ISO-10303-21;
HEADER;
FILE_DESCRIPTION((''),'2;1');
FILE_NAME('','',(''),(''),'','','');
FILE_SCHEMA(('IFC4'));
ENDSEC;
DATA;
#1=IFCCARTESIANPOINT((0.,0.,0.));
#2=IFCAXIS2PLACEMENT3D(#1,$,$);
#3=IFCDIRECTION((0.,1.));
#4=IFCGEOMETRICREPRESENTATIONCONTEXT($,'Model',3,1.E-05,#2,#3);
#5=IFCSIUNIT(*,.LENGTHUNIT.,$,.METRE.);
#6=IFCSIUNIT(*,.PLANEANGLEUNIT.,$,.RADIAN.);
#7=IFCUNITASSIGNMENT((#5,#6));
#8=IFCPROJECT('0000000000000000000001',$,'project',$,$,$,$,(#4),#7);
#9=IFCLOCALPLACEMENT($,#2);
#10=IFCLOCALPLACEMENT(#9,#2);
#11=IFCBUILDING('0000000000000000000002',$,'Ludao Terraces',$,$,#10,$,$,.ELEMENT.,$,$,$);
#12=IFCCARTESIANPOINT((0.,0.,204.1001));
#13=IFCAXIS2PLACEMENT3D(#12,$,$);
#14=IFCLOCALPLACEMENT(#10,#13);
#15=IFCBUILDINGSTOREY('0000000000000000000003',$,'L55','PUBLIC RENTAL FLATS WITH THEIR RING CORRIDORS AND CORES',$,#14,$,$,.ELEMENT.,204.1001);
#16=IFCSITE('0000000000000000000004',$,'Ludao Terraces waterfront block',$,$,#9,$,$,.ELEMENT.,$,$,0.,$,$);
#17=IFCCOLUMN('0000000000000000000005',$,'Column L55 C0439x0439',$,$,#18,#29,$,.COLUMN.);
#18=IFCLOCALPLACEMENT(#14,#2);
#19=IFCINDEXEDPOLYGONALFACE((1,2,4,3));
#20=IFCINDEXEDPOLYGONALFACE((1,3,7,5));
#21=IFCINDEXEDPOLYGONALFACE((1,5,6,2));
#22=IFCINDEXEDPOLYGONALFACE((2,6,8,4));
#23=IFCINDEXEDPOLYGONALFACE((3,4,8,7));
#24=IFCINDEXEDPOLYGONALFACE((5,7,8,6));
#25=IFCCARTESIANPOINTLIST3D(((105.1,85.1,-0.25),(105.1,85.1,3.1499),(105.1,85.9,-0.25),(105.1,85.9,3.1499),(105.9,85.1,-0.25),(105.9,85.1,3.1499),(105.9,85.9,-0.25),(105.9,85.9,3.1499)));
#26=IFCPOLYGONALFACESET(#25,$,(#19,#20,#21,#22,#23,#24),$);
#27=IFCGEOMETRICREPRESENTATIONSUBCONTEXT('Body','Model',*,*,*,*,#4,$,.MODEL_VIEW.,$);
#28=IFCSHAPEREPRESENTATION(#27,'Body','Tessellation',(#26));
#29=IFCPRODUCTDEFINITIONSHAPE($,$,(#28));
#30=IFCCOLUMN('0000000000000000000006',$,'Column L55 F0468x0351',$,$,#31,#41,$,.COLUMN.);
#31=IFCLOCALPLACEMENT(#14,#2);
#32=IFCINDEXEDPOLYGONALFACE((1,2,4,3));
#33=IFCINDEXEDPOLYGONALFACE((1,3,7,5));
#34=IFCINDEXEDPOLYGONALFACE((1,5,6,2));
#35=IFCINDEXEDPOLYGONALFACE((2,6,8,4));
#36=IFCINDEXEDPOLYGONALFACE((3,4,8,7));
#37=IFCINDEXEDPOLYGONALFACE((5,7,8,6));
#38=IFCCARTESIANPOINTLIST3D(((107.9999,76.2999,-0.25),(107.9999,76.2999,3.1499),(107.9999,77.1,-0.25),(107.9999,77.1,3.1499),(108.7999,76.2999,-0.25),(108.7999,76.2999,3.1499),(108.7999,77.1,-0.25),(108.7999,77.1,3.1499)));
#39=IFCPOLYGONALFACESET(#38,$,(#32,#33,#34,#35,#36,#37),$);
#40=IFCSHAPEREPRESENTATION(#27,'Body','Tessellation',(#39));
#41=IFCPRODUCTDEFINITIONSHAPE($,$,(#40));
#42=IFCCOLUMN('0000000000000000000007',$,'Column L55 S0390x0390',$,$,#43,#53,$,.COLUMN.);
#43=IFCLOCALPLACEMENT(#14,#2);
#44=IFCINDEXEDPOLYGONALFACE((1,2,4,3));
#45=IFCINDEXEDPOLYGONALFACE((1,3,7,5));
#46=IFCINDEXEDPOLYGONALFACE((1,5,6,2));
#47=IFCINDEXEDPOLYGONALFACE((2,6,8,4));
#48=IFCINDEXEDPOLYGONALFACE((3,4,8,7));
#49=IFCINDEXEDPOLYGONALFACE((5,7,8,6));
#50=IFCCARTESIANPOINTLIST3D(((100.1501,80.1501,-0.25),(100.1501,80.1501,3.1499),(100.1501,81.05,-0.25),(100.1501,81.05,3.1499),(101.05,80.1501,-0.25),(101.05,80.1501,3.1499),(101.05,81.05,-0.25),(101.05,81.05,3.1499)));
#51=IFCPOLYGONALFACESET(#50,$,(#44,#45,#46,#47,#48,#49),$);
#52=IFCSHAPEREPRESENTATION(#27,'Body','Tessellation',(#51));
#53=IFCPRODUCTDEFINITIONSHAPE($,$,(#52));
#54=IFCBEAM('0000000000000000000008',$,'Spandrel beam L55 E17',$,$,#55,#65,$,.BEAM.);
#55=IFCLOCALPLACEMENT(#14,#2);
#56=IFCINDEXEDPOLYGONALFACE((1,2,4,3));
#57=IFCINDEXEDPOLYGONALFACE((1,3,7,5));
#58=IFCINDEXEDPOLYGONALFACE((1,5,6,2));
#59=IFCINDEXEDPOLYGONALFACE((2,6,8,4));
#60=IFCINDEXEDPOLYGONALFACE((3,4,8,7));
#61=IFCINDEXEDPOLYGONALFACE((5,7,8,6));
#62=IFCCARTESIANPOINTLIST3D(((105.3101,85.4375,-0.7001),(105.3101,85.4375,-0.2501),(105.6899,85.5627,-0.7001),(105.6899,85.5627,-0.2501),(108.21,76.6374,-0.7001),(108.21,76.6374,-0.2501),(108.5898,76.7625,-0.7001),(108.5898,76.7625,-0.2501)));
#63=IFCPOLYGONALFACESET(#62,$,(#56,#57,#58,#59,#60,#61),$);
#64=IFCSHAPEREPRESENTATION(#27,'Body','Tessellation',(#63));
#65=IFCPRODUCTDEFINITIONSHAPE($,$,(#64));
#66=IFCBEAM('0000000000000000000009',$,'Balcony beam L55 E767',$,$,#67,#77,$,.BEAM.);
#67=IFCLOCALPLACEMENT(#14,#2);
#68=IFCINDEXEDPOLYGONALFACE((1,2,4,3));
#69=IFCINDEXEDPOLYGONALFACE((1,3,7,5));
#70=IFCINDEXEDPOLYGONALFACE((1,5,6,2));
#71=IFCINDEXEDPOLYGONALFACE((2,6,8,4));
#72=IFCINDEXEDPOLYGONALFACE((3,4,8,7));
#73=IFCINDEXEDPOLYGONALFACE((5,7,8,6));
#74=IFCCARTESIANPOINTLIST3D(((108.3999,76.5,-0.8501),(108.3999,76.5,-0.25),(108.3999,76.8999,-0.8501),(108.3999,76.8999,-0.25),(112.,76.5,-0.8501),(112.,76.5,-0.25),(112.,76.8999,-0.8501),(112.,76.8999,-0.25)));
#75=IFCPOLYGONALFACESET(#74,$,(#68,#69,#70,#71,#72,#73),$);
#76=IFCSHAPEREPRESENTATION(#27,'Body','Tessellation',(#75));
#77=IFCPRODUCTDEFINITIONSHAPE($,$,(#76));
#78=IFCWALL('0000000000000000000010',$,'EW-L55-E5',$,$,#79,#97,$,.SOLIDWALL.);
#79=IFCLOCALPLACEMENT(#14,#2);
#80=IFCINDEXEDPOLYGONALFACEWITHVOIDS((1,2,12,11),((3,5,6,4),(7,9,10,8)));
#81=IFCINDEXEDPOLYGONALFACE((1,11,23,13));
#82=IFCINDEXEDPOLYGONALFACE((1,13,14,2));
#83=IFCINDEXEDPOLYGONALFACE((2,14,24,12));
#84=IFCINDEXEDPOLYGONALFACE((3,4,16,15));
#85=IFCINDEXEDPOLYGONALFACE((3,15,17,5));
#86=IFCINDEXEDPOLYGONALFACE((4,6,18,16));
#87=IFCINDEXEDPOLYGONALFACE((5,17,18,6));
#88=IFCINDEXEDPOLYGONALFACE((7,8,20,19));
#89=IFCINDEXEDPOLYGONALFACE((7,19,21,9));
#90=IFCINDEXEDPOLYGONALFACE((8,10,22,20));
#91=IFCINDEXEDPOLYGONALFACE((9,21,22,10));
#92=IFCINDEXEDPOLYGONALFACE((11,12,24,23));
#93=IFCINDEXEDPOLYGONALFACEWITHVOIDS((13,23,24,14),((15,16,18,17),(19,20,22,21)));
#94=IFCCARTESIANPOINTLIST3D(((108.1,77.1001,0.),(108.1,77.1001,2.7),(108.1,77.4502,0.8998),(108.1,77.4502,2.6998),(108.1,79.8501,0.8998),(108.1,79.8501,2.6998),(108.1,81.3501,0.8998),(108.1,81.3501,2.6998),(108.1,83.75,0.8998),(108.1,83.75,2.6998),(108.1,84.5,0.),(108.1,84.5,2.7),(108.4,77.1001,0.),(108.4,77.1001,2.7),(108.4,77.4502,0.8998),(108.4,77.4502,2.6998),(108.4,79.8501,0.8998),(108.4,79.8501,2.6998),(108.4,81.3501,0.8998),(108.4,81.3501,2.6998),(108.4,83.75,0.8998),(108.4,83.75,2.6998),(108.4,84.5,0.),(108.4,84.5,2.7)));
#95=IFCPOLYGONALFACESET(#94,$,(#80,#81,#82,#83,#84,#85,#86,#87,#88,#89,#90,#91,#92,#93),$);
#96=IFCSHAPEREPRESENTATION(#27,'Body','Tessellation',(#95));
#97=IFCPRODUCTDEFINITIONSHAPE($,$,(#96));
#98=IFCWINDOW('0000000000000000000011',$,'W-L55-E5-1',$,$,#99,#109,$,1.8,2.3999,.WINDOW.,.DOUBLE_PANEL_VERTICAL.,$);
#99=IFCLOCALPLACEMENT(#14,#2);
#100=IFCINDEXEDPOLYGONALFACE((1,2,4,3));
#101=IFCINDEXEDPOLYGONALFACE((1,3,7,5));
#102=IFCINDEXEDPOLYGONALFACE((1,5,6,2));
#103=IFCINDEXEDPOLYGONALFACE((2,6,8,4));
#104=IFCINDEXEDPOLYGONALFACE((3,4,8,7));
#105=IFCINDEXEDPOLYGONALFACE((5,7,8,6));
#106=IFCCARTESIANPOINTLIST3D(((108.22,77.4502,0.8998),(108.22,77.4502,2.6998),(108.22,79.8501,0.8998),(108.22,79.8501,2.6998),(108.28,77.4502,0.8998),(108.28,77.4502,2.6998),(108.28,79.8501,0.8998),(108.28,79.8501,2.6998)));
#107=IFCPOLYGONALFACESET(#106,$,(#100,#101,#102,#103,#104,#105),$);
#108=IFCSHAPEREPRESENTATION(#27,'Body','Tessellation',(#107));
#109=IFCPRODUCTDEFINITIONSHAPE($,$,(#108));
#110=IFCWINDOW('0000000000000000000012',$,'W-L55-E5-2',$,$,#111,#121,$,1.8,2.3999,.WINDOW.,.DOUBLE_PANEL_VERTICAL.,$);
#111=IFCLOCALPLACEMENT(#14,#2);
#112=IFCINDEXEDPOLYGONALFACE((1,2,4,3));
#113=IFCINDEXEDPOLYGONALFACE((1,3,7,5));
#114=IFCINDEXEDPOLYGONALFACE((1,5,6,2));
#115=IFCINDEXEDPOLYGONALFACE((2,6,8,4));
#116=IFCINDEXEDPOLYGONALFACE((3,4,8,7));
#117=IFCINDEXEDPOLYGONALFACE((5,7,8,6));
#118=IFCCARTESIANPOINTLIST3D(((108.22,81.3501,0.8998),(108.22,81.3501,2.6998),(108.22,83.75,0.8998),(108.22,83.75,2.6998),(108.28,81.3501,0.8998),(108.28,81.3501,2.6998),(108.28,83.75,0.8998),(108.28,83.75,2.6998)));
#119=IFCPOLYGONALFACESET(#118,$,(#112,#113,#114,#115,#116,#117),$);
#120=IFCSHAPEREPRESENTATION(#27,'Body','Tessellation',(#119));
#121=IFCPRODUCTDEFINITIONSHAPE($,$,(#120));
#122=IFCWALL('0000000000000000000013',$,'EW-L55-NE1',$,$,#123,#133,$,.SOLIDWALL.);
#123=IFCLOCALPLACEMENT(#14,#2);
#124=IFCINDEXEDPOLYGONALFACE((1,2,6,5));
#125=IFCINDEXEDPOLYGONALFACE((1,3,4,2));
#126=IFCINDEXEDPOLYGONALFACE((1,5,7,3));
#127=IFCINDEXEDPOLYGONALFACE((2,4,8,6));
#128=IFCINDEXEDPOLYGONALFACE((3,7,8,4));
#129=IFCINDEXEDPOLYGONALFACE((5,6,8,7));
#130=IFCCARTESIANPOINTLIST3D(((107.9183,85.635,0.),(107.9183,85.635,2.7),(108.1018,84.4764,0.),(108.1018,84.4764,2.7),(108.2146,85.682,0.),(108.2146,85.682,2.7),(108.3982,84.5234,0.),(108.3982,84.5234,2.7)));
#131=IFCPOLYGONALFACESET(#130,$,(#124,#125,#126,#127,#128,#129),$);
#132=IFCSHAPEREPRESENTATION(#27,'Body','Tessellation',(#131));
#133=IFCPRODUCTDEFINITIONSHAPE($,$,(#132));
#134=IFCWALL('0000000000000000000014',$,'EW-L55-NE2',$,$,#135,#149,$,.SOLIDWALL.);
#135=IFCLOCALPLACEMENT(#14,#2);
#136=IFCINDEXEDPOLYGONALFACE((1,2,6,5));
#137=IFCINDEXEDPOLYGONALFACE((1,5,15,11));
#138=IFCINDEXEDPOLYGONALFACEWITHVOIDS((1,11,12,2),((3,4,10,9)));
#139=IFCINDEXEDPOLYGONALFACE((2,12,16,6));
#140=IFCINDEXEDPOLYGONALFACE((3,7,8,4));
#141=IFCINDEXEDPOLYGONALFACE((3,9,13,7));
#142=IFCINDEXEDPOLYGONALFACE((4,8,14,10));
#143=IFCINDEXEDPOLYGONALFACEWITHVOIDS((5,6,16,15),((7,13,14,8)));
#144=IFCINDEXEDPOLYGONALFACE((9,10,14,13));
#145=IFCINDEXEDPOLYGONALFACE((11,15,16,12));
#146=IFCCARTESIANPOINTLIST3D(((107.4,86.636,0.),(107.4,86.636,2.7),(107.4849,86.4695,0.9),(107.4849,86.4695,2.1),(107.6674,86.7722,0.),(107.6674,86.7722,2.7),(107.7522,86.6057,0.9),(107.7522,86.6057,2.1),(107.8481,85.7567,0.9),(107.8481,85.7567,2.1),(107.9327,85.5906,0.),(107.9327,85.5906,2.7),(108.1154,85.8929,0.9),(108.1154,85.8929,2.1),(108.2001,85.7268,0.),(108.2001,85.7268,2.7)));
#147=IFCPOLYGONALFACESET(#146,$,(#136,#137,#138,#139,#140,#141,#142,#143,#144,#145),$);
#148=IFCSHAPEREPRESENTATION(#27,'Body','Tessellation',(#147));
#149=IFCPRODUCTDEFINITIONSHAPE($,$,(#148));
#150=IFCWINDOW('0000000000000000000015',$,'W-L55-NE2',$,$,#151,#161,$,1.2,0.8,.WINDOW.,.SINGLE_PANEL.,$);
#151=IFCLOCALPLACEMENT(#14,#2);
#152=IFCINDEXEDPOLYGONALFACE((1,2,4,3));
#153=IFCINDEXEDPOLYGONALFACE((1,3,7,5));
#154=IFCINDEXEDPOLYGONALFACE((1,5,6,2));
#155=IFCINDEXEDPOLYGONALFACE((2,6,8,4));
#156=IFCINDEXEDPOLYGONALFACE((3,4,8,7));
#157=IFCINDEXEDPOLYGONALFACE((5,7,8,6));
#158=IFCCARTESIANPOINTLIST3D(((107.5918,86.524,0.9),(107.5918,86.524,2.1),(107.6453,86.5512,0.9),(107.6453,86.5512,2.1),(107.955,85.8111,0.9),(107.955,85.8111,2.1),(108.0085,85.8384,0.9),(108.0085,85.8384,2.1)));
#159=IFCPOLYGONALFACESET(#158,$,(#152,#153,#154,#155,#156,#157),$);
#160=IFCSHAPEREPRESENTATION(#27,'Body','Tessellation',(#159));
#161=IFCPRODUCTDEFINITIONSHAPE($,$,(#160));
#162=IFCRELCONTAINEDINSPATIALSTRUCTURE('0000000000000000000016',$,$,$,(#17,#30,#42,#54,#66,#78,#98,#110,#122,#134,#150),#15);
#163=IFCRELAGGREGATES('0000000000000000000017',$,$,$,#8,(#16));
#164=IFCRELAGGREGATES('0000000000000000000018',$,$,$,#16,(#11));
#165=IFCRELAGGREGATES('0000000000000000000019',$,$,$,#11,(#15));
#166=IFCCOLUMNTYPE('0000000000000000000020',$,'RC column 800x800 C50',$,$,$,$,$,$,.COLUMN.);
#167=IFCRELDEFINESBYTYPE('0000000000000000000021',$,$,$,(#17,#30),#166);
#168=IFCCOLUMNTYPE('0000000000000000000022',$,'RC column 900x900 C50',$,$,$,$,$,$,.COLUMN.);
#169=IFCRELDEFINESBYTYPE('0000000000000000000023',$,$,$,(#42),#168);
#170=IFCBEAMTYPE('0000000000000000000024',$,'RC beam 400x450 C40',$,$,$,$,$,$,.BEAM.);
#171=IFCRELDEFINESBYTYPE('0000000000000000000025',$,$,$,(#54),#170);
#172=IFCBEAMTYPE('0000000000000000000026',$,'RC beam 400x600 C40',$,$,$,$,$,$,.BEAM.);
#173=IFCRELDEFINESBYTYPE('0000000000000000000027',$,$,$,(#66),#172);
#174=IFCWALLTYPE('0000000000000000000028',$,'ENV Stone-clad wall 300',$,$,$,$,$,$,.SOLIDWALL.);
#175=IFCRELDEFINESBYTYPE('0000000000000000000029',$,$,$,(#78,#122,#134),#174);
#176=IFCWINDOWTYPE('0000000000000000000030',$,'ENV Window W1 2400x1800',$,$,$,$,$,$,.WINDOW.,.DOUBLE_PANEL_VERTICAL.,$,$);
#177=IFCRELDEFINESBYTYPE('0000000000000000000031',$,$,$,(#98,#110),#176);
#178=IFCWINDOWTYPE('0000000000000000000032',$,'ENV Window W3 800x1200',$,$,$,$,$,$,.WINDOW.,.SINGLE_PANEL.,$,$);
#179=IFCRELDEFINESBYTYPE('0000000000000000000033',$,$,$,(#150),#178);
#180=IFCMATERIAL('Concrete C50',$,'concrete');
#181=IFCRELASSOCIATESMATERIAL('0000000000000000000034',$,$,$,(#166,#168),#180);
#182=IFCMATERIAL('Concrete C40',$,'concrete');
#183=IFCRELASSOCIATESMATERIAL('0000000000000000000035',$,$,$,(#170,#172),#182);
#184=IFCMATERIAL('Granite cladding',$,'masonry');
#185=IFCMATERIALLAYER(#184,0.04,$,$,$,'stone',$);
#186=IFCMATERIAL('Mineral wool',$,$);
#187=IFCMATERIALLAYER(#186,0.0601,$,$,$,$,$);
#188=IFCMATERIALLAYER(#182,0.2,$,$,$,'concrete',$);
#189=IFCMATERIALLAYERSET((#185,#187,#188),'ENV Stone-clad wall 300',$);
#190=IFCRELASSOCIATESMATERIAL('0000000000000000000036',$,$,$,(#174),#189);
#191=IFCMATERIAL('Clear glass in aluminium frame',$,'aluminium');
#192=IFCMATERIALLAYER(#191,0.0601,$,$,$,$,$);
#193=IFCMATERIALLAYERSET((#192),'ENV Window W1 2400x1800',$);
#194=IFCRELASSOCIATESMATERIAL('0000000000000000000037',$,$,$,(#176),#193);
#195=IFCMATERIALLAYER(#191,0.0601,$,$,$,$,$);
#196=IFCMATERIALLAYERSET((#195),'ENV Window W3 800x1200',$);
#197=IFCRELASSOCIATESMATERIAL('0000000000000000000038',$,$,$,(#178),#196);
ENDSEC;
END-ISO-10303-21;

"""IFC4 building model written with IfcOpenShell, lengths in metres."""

from ifc_helpers import new_model, si_unit, direction, frame, frame_2d, origin, origin_2d, place, context, subcontext, project, spatial, rectangle, extrude, material, layer, layer_set, material_profile, profile_set, type_object, element, fill, save


model = new_model("IFC4")

# Units and contexts
model_context = context("Model", 3, precision=1e-05, world=origin(), true_north=direction((0.0, 1.0)))
body_context = subcontext(model_context, "Body", "Model", "MODEL_VIEW")
ifc_project = project(units=[si_unit("LENGTHUNIT", "METRE"), si_unit("PLANEANGLEUNIT", "RADIAN")], contexts=[model_context])

# Site, building, storey
site_placement = place(None, origin())
site = spatial("IfcSite", under=ifc_project, at=site_placement, Name="Ludao Terraces waterfront block", CompositionType="ELEMENT", RefElevation=0.0)
building_placement = place(site_placement, origin())
building = spatial("IfcBuilding", under=site, at=building_placement, Name="Ludao Terraces", CompositionType="ELEMENT")
storey_placement = place(building_placement, frame((0.0, 0.0, 204.1001)))
storey = spatial("IfcBuildingStorey", under=building, at=storey_placement, Name="L55", Description="PUBLIC RENTAL FLATS WITH THEIR RING CORRIDORS AND CORES", CompositionType="ELEMENT", Elevation=204.1001)

# Columns
ifc_material_1 = material(Name="Concrete C50", Category="concrete")
ifc_material_profile_1 = material_profile(ifc_material_1, rectangle(XDim=0.8, YDim=0.8, at=origin_2d()), Name="800 X 800")
ifc_profile_set_1 = profile_set([ifc_material_profile_1], Name="Concrete C50")
column_type_1 = type_object("IfcColumnType", Name="RC column 800x800 C50", PredefinedType="COLUMN", material=ifc_profile_set_1)
for number, where, z_axis, x_axis, name in (
    (1, (105.5, 85.5, -0.25), (0.0, 0.0, 1.0), (1.0, 0.0, 0.0), "Column L55 C0439x0439"),
    (2, (108.3999, 76.7, -0.25), (0.0, 0.0, 1.0), (1.0, 0.0, 0.0), "Column L55 F0468x0351"),
):
    element("IfcColumn", number, at=place(storey_placement, frame(where, z_axis=z_axis, x_axis=x_axis)), inside=storey, type_object=column_type_1, Name=name, PredefinedType="COLUMN", context=body_context, shape_type="SweptSolid", body=[
        extrude(rectangle(XDim=0.8, YDim=0.8, at=origin_2d()), origin(), (0.0, 0.0, 1.0), 3.3999),
    ])
ifc_material_profile_2 = material_profile(ifc_material_1, rectangle(XDim=0.8999, YDim=0.8999, at=origin_2d()), Name="900 X 900")
ifc_profile_set_2 = profile_set([ifc_material_profile_2], Name="Concrete C50")
column_type_2 = type_object("IfcColumnType", Name="RC column 900x900 C50", PredefinedType="COLUMN", material=ifc_profile_set_2)
column_placement = place(storey_placement, frame((100.6001, 80.6001, -0.25), z_axis=(0.0, 0.0, 1.0), x_axis=(1.0, 0.0, 0.0)))
element("IfcColumn", 3, at=column_placement, inside=storey, type_object=column_type_2, Name="Column L55 S0390x0390", PredefinedType="COLUMN", context=body_context, shape_type="SweptSolid", body=[
    extrude(rectangle(XDim=0.8999, YDim=0.8999, at=origin_2d()), origin(), (0.0, 0.0, 1.0), 3.3999),
])

# Beams
ifc_material_2 = material(Name="Concrete C40", Category="concrete")
ifc_material_profile_3 = material_profile(ifc_material_2, rectangle(XDim=0.3999, YDim=0.45, at=origin_2d()), Name="400 X 450")
ifc_profile_set_3 = profile_set([ifc_material_profile_3], Name="Concrete C40")
beam_type_1 = type_object("IfcBeamType", Name="RC beam 400x450 C40", PredefinedType="BEAM", material=ifc_profile_set_3)
beam_1_placement = place(storey_placement, frame((108.3999, 76.7, -0.4751), z_axis=(-0.312977, 0.949761, 0.0), x_axis=(-0.949761, -0.312977, 0.0)))
element("IfcBeam", 4, at=beam_1_placement, inside=storey, type_object=beam_type_1, Name="Spandrel beam L55 E17", PredefinedType="BEAM", context=body_context, shape_type="SweptSolid", body=[
    extrude(rectangle(XDim=0.3999, YDim=0.45, at=origin_2d()), origin(), (0.0, 0.0, 1.0), 9.2656),
])
ifc_material_profile_4 = material_profile(ifc_material_2, rectangle(XDim=0.3999, YDim=0.6001, at=origin_2d()), Name="400 X 600")
ifc_profile_set_4 = profile_set([ifc_material_profile_4], Name="Concrete C40")
beam_type_2 = type_object("IfcBeamType", Name="RC beam 400x600 C40", PredefinedType="BEAM", material=ifc_profile_set_4)
beam_2_placement = place(storey_placement, frame((108.3999, 76.7, -0.55), z_axis=(1.0, 0.0, 0.0), x_axis=(0.0, 1.0, 0.0)))
element("IfcBeam", 5, at=beam_2_placement, inside=storey, type_object=beam_type_2, Name="Balcony beam L55 E767", PredefinedType="BEAM", context=body_context, shape_type="SweptSolid", body=[
    extrude(rectangle(XDim=0.3999, YDim=0.6001, at=origin_2d()), origin(), (0.0, 0.0, 1.0), 3.6001),
])

# Wall, openings, windows
ifc_material_3 = material(Name="Granite cladding", Category="masonry")
ifc_layer_1 = layer(ifc_material_3, 0.04, Category="stone")
ifc_material_4 = material(Name="Mineral wool")
ifc_layer_2 = layer(ifc_material_4, 0.0601)
ifc_layer_3 = layer(ifc_material_2, 0.2, Category="concrete")
ifc_layer_set_1 = layer_set([ifc_layer_1, ifc_layer_2, ifc_layer_3], Name="ENV Stone-clad wall 300")
wall_type = type_object("IfcWallType", Name="ENV Stone-clad wall 300", PredefinedType="SOLIDWALL", material=ifc_layer_set_1)
wall_1_placement = place(storey_placement, frame((108.25, 77.1001, 0.0), z_axis=(0.0, 0.0, 1.0), x_axis=(0.0, 1.0, 0.0)))
wall_1 = element("IfcWall", 6, at=wall_1_placement, inside=storey, type_object=wall_type, Name="EW-L55-E5", PredefinedType="SOLIDWALL", context=body_context, shape_type="SweptSolid", body=[
    extrude(rectangle(XDim=7.3999, YDim=0.3, at=frame_2d((3.7, 0.0))), origin(), (0.0, 0.0, 1.0), 2.7),
])
opening_1_placement = place(wall_1_placement, frame((0.3501, 0.0, 0.8999)))
opening_1 = element("IfcOpeningElement", 7, at=opening_1_placement, cuts=wall_1, PredefinedType="OPENING", context=body_context, shape_type="SweptSolid", body=[
    extrude(rectangle(XDim=2.3999, YDim=1.8, at=frame_2d((1.2, 0.8999))), frame((0.0, 0.1602, 0.0), z_axis=(0.0, -1.0, 0.0), x_axis=(1.0, 0.0, 0.0)), (0.0, 0.0, 1.0), 0.3201),
])
opening_2_placement = place(wall_1_placement, frame((4.25, 0.0, 0.8999)))
opening_2 = element("IfcOpeningElement", 8, at=opening_2_placement, cuts=wall_1, PredefinedType="OPENING", context=body_context, shape_type="SweptSolid", body=[
    extrude(rectangle(XDim=2.3999, YDim=1.8, at=frame_2d((1.2, 0.8999))), frame((0.0, 0.1602, 0.0), z_axis=(0.0, -1.0, 0.0), x_axis=(1.0, 0.0, 0.0)), (0.0, 0.0, 1.0), 0.3201),
])
ifc_material_5 = material(Name="Clear glass in aluminium frame", Category="aluminium")
ifc_layer_4 = layer(ifc_material_5, 0.0601)
ifc_layer_set_2 = layer_set([ifc_layer_4], Name="ENV Window W1 2400x1800")
window_type_1 = type_object("IfcWindowType", Name="ENV Window W1 2400x1800", PartitioningType="DOUBLE_PANEL_VERTICAL", PredefinedType="WINDOW", material=ifc_layer_set_2)
window_1_placement = place(opening_1_placement, origin())
window_1 = element("IfcWindow", 9, at=window_1_placement, inside=storey, type_object=window_type_1, Name="W-L55-E5-1", OverallHeight=1.8, OverallWidth=2.3999, PartitioningType="DOUBLE_PANEL_VERTICAL", PredefinedType="WINDOW", context=body_context, shape_type="SweptSolid", body=[
    extrude(rectangle(XDim=2.3999, YDim=1.8, at=frame_2d((1.2, 0.8999))), frame((0.0, 0.03, 0.0), z_axis=(0.0, -1.0, 0.0), x_axis=(1.0, 0.0, 0.0)), (0.0, 0.0, 1.0), 0.0601),
])
fill(opening_1, window_1)
window_2_placement = place(opening_2_placement, origin())
window_2 = element("IfcWindow", 10, at=window_2_placement, inside=storey, type_object=window_type_1, Name="W-L55-E5-2", OverallHeight=1.8, OverallWidth=2.3999, PartitioningType="DOUBLE_PANEL_VERTICAL", PredefinedType="WINDOW", context=body_context, shape_type="SweptSolid", body=[
    extrude(rectangle(XDim=2.3999, YDim=1.8, at=frame_2d((1.2, 0.8999))), frame((0.0, 0.03, 0.0), z_axis=(0.0, -1.0, 0.0), x_axis=(1.0, 0.0, 0.0)), (0.0, 0.0, 1.0), 0.0601),
])
fill(opening_2, window_2)

# Wall
wall_2_placement = place(storey_placement, frame((108.25, 84.5, 0.0), z_axis=(0.0, 0.0, 1.0), x_axis=(-0.156497, 0.987678, 0.0)))
element("IfcWall", 11, at=wall_2_placement, inside=storey, type_object=wall_type, Name="EW-L55-NE1", PredefinedType="SOLIDWALL", context=body_context, shape_type="SweptSolid", body=[
    extrude(rectangle(XDim=1.1731, YDim=0.3, at=frame_2d((0.5864, 0.0))), origin(), (0.0, 0.0, 1.0), 2.7),
])

# Wall, opening, window
wall_3_placement = place(storey_placement, frame((108.0664, 85.6587, 0.0), z_axis=(0.0, 0.0, 1.0), x_axis=(-0.454026, 0.890989, 0.0)))
wall_3 = element("IfcWall", 12, at=wall_3_placement, inside=storey, type_object=wall_type, Name="EW-L55-NE2", PredefinedType="SOLIDWALL", context=body_context, shape_type="SweptSolid", body=[
    extrude(rectangle(XDim=1.1733, YDim=0.3, at=frame_2d((0.5867, 0.0))), origin(), (0.0, 0.0, 1.0), 2.7),
])
opening_3_placement = place(wall_3_placement, frame((0.1865, 0.0, 0.8999)))
opening_3 = element("IfcOpeningElement", 13, at=opening_3_placement, cuts=wall_3, PredefinedType="OPENING", context=body_context, shape_type="SweptSolid", body=[
    extrude(rectangle(XDim=0.8, YDim=1.2, at=frame_2d((0.3999, 0.6001))), frame((0.0, 0.1602, 0.0), z_axis=(0.0, -1.0, 0.0), x_axis=(1.0, 0.0, 0.0)), (0.0, 0.0, 1.0), 0.3201),
])
ifc_layer_5 = layer(ifc_material_5, 0.0601)
ifc_layer_set_3 = layer_set([ifc_layer_5], Name="ENV Window W3 800x1200")
window_type_2 = type_object("IfcWindowType", Name="ENV Window W3 800x1200", PartitioningType="SINGLE_PANEL", PredefinedType="WINDOW", material=ifc_layer_set_3)
window_3_placement = place(opening_3_placement, origin())
window_3 = element("IfcWindow", 14, at=window_3_placement, inside=storey, type_object=window_type_2, Name="W-L55-NE2", OverallHeight=1.2, OverallWidth=0.8, PartitioningType="SINGLE_PANEL", PredefinedType="WINDOW", context=body_context, shape_type="SweptSolid", body=[
    extrude(rectangle(XDim=0.8, YDim=1.2, at=frame_2d((0.3999, 0.6001))), frame((0.0, 0.03, 0.0), z_axis=(0.0, -1.0, 0.0), x_axis=(1.0, 0.0, 0.0)), (0.0, 0.0, 1.0), 0.0601),
])
fill(opening_3, window_3)

save(model, "model.ifc")
